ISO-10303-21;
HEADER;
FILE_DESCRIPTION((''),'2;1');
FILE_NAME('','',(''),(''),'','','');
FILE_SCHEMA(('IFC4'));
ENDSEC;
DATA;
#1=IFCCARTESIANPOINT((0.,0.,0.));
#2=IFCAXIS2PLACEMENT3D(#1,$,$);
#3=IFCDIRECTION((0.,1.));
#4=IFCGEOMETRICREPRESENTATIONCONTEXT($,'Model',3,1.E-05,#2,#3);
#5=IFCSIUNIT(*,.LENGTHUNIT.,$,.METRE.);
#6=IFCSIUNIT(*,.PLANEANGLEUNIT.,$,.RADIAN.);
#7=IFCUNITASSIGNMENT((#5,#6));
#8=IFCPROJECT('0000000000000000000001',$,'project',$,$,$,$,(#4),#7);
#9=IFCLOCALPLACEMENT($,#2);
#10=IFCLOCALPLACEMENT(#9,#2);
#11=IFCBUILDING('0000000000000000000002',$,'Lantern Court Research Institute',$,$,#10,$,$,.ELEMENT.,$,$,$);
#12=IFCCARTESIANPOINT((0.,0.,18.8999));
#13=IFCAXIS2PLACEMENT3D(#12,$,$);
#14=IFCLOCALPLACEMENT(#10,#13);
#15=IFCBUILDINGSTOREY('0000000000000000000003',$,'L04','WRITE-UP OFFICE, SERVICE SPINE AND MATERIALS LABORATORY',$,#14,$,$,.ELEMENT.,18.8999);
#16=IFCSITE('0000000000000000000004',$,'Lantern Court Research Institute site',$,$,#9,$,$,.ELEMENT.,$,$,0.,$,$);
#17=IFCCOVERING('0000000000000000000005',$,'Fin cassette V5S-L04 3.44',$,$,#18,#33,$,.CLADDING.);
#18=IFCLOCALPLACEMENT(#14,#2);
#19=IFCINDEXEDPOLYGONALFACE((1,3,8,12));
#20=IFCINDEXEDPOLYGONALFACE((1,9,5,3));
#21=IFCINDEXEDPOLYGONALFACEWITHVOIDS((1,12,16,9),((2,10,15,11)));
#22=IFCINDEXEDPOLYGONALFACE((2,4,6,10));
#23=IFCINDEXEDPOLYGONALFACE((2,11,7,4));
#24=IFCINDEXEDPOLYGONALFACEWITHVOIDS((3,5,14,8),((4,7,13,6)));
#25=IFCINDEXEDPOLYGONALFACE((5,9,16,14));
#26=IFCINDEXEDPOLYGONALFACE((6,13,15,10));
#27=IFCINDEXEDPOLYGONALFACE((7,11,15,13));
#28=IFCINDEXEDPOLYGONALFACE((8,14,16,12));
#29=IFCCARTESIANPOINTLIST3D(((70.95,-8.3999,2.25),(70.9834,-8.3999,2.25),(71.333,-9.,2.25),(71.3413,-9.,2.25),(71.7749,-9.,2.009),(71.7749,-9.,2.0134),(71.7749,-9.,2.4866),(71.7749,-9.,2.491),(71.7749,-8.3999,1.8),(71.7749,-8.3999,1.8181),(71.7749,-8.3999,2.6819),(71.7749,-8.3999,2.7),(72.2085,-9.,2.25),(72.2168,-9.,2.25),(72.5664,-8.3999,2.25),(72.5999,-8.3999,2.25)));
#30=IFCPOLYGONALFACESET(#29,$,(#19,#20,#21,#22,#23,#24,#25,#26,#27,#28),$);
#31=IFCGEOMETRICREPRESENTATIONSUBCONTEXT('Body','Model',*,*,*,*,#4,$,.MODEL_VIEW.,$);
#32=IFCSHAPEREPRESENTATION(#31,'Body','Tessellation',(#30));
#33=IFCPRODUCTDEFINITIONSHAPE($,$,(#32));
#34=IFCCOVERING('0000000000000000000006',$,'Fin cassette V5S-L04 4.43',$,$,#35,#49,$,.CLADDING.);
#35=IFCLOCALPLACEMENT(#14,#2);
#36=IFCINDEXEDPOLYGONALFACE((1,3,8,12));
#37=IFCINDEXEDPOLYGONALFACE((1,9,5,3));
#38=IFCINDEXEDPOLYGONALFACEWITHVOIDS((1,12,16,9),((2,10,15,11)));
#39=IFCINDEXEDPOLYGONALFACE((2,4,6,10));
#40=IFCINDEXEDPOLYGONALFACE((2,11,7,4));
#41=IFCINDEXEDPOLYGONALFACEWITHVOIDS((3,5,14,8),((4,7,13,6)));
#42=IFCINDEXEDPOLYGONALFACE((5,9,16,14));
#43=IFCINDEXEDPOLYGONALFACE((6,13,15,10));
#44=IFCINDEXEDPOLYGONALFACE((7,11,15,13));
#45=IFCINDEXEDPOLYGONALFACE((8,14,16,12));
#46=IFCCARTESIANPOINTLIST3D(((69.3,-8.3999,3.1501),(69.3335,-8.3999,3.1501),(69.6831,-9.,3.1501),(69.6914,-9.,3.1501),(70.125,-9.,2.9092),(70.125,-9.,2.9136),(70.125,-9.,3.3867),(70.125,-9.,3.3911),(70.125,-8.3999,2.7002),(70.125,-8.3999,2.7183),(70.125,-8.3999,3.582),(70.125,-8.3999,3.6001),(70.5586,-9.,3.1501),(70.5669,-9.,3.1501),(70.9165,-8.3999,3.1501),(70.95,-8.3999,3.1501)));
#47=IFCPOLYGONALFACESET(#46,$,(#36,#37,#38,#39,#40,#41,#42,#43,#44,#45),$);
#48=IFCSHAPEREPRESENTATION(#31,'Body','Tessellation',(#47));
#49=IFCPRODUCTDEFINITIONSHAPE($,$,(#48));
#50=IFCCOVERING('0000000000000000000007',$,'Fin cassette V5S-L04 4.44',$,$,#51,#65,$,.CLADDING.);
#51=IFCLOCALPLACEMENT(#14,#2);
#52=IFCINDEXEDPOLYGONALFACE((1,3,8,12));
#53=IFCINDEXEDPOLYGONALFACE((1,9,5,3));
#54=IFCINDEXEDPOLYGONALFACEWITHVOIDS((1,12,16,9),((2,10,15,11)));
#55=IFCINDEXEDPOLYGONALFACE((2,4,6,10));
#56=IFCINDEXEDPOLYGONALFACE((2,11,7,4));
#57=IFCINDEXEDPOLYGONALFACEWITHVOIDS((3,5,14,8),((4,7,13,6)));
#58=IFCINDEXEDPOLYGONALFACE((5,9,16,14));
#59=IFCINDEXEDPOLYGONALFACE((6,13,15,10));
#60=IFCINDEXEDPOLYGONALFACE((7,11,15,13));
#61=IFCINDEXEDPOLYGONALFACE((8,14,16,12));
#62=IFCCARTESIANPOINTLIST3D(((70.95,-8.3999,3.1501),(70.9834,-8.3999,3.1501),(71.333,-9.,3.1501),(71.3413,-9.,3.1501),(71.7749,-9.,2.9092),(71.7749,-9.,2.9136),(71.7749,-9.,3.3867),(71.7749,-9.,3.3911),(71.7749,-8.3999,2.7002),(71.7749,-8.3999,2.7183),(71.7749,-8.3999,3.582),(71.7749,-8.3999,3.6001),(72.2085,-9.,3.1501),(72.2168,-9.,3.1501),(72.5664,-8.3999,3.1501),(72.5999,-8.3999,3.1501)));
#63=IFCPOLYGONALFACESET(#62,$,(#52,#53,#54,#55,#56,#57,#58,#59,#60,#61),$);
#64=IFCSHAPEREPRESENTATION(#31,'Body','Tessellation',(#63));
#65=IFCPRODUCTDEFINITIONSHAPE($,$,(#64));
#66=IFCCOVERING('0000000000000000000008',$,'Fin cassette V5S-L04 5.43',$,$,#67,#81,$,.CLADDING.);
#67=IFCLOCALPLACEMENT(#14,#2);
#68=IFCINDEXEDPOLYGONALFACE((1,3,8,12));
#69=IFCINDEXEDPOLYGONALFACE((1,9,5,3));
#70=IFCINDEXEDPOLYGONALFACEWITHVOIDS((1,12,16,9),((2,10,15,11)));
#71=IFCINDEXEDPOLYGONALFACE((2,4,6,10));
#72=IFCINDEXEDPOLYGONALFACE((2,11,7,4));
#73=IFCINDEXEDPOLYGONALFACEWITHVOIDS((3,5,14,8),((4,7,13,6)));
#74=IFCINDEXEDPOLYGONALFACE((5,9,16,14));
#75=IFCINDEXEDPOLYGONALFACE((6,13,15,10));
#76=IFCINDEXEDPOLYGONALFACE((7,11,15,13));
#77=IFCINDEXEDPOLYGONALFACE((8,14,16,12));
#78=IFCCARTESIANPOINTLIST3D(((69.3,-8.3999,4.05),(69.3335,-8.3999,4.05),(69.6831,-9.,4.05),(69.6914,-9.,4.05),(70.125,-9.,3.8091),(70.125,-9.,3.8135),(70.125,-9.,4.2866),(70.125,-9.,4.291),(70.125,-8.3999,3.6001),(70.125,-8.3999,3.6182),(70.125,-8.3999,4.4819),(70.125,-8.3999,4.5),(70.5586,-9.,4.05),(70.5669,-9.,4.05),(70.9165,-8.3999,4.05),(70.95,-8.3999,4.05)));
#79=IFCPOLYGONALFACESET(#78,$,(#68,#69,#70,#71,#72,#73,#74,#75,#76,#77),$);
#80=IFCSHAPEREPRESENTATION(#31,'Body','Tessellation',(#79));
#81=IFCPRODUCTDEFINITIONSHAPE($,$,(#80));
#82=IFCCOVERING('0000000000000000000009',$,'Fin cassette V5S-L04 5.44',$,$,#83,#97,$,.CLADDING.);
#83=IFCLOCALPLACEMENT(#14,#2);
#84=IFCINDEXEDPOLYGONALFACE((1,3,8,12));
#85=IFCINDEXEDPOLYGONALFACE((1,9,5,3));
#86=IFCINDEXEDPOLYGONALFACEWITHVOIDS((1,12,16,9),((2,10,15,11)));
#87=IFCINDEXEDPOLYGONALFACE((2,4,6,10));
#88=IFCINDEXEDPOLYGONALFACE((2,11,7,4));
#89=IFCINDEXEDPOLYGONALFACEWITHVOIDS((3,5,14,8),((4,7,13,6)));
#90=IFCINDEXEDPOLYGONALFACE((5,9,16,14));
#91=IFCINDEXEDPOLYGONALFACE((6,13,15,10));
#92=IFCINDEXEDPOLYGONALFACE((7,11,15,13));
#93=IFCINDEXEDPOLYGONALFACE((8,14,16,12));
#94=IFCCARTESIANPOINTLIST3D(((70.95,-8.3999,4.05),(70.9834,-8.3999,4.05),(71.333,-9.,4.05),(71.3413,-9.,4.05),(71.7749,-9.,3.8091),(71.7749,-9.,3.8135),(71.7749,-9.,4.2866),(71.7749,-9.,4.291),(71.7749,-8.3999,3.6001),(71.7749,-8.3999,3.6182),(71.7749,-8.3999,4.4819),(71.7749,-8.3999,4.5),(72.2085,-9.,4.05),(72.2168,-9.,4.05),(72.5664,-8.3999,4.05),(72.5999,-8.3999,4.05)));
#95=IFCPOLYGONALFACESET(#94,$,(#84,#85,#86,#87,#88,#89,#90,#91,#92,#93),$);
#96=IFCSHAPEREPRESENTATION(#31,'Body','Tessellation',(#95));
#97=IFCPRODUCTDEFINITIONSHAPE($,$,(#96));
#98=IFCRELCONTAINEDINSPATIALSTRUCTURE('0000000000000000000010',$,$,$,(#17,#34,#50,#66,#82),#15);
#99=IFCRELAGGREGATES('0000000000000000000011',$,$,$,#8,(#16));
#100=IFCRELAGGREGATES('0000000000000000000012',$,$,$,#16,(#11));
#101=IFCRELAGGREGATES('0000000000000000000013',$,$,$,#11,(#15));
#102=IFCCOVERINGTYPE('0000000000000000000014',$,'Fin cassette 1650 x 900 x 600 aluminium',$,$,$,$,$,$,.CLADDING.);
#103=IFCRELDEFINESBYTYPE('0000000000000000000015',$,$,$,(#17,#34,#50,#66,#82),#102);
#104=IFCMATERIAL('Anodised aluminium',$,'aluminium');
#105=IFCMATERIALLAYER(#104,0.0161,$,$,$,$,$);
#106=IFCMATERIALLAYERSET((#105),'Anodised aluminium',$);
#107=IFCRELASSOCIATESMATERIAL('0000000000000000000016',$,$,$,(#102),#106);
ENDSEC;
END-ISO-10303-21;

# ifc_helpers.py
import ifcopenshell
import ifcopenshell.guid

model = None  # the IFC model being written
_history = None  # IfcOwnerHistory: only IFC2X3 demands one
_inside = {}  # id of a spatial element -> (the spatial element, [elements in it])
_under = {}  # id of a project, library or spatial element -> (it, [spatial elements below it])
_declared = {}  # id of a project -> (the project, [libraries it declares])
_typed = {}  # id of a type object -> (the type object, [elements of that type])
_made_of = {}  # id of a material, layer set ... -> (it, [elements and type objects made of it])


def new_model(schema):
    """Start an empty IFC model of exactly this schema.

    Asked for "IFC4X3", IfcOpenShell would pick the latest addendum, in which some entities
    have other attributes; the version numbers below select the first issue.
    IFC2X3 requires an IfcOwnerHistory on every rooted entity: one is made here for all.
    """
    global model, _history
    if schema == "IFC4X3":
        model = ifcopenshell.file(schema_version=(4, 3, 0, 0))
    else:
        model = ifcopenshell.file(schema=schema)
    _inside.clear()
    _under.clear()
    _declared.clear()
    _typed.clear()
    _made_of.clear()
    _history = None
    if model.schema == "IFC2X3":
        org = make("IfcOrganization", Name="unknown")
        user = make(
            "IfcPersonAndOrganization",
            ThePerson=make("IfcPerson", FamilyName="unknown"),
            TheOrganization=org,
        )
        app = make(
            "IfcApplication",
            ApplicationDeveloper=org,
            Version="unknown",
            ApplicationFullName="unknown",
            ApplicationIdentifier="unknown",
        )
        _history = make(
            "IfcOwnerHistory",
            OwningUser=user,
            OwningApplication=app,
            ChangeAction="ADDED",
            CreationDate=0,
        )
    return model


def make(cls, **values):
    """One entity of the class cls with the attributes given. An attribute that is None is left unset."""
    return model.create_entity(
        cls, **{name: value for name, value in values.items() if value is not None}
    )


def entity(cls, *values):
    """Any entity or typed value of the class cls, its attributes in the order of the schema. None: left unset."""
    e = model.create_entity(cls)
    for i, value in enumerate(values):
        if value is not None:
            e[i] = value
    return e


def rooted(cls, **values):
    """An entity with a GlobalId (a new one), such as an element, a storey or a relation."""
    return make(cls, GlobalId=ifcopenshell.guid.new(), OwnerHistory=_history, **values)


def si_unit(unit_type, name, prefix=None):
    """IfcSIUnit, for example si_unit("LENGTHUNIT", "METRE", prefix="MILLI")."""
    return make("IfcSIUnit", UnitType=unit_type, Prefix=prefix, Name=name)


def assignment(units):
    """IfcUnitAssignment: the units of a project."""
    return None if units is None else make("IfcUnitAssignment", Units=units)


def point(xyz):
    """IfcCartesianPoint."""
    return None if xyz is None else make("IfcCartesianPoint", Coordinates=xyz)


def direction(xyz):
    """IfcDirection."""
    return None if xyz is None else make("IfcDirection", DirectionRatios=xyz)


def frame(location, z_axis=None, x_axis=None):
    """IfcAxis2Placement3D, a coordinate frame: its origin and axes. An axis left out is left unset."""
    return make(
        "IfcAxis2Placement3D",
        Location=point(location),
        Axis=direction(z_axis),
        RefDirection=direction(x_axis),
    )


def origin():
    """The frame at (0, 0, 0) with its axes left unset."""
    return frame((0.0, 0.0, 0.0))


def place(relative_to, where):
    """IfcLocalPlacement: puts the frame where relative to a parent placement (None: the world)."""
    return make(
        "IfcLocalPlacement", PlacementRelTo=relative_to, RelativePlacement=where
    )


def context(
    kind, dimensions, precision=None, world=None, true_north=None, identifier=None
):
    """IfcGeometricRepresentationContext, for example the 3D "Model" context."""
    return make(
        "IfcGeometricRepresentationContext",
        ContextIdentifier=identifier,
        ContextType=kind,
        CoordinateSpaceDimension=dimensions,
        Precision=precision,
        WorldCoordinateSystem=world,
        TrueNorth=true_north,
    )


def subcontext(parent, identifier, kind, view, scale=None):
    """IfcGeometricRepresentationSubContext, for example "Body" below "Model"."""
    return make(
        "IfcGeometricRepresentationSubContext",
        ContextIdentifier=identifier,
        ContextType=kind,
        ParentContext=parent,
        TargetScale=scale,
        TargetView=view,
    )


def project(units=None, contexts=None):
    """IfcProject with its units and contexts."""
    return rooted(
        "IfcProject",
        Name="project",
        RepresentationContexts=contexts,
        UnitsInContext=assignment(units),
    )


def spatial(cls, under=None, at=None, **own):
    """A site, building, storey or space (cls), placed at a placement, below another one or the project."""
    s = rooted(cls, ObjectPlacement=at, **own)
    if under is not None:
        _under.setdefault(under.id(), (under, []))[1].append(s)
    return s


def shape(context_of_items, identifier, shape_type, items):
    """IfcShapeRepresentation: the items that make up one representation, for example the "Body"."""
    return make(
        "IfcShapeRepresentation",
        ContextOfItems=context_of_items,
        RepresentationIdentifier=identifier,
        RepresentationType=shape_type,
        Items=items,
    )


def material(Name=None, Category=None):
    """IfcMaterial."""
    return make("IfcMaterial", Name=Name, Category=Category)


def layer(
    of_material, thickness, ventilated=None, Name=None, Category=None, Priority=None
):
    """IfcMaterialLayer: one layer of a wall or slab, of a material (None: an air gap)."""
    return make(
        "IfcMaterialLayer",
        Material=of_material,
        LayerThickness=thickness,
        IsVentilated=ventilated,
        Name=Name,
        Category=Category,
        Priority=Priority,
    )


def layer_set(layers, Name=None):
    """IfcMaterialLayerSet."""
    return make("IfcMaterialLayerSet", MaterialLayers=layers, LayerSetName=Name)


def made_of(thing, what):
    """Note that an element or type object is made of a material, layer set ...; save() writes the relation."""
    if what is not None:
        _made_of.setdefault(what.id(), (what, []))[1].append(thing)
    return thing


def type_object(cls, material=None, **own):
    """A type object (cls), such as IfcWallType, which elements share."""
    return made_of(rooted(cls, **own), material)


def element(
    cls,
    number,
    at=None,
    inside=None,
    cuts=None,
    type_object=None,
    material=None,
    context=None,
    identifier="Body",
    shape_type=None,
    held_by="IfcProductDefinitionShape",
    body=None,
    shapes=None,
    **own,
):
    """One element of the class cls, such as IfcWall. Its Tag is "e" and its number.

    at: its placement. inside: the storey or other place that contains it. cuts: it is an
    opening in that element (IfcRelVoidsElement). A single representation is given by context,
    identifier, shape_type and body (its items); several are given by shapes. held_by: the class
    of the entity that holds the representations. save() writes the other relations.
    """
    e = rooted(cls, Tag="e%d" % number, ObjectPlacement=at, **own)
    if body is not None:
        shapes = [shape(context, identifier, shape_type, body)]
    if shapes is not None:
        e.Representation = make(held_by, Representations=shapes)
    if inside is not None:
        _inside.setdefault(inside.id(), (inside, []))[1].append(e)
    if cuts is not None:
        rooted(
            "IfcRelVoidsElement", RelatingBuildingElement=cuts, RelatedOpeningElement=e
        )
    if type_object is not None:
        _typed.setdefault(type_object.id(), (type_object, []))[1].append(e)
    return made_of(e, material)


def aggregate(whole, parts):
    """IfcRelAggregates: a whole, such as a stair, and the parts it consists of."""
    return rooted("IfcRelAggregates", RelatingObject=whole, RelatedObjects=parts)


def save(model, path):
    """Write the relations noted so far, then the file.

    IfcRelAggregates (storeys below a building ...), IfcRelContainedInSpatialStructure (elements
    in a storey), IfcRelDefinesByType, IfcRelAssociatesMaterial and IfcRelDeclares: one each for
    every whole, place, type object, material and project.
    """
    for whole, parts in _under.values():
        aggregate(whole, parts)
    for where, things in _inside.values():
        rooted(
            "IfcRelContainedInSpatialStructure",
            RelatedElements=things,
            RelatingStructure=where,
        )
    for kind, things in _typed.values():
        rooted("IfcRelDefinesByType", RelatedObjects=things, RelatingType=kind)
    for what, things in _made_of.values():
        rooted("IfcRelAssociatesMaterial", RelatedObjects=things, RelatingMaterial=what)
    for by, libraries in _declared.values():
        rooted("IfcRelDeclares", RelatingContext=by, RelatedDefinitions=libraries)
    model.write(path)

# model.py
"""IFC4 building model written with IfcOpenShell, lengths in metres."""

from ifc_helpers import new_model, entity, si_unit, direction, frame, origin, place, context, subcontext, project, spatial, material, layer, layer_set, type_object, element, save


model = new_model("IFC4")

# Units and contexts
model_context = context("Model", 3, precision=1e-05, world=origin(), true_north=direction((0.0, 1.0)))
body_context = subcontext(model_context, "Body", "Model", "MODEL_VIEW")
ifc_project = project(units=[si_unit("LENGTHUNIT", "METRE"), si_unit("PLANEANGLEUNIT", "RADIAN")], contexts=[model_context])

# Site, building, storey
site_placement = place(None, origin())
site = spatial("IfcSite", under=ifc_project, at=site_placement, Name="Lantern Court Research Institute site", CompositionType="ELEMENT", RefElevation=0.0)
building_placement = place(site_placement, origin())
building = spatial("IfcBuilding", under=site, at=building_placement, Name="Lantern Court Research Institute", CompositionType="ELEMENT")
storey_placement = place(building_placement, frame((0.0, 0.0, 18.8999)))
storey = spatial("IfcBuildingStorey", under=building, at=storey_placement, Name="L04", Description="WRITE-UP OFFICE, SERVICE SPINE AND MATERIALS LABORATORY", CompositionType="ELEMENT", Elevation=18.8999)

# Coverings
ifc_material_1 = material(Name="Anodised aluminium", Category="aluminium")
ifc_layer_1 = layer(ifc_material_1, 0.0161)
ifc_layer_set_1 = layer_set([ifc_layer_1], Name="Anodised aluminium")
covering_type = type_object("IfcCoveringType", Name="Fin cassette 1650 x 900 x 600 aluminium", PredefinedType="CLADDING", material=ifc_layer_set_1)
covering_1_placement = place(storey_placement, frame((71.7749, -8.3999, 2.25), z_axis=(0.0, -1.0, 0.0), x_axis=(1.0, 0.0, 0.0)))
cartesian_point_1 = entity("IfcCartesianPoint", [0.825, 0.0])
cartesian_point_2 = entity("IfcCartesianPoint", [0.7915, 0.0])
cartesian_point_3 = entity("IfcCartesianPoint", [0.4419, 0.0])
cartesian_point_4 = entity("IfcCartesianPoint", [0.4336, 0.0])
element("IfcCovering", 1, at=covering_1_placement, inside=storey, type_object=covering_type, Name="Fin cassette V5S-L04 3.44", PredefinedType="CLADDING", context=body_context, shape_type="SweptSolid", body=[
    entity("IfcExtrudedAreaSolidTapered", entity("IfcArbitraryProfileDefWithVoids", "AREA", None, entity("IfcPolyline", [cartesian_point_1, entity("IfcCartesianPoint", [0.0, 0.45]), entity("IfcCartesianPoint", [-0.825, 0.0]), entity("IfcCartesianPoint", [0.0, -0.45]), cartesian_point_1]), [entity("IfcPolyline", [cartesian_point_2, entity("IfcCartesianPoint", [0.0, 0.4319]), entity("IfcCartesianPoint", [-0.7915, 0.0]), entity("IfcCartesianPoint", [0.0, -0.4319]), cartesian_point_2])]), entity("IfcAxis2Placement3D", entity("IfcCartesianPoint", [0.0, 0.0, 0.0])), entity("IfcDirection", [0.0, 0.0, 1.0]), 0.6001, entity("IfcArbitraryProfileDefWithVoids", "AREA", None, entity("IfcPolyline", [cartesian_point_3, entity("IfcCartesianPoint", [0.0, 0.241]), entity("IfcCartesianPoint", [-0.4419, 0.0]), entity("IfcCartesianPoint", [0.0, -0.241]), cartesian_point_3]), [entity("IfcPolyline", [cartesian_point_4, entity("IfcCartesianPoint", [0.0, 0.2366]), entity("IfcCartesianPoint", [-0.4336, 0.0]), entity("IfcCartesianPoint", [0.0, -0.2366]), cartesian_point_4])])),
])
covering_2_placement = place(storey_placement, frame((70.125, -8.3999, 3.1501), z_axis=(0.0, -1.0, 0.0), x_axis=(1.0, 0.0, 0.0)))
cartesian_point_5 = entity("IfcCartesianPoint", [0.825, 0.0])
cartesian_point_6 = entity("IfcCartesianPoint", [0.7915, 0.0])
cartesian_point_7 = entity("IfcCartesianPoint", [0.4419, 0.0])
cartesian_point_8 = entity("IfcCartesianPoint", [0.4336, 0.0])
element("IfcCovering", 2, at=covering_2_placement, inside=storey, type_object=covering_type, Name="Fin cassette V5S-L04 4.43", PredefinedType="CLADDING", context=body_context, shape_type="SweptSolid", body=[
    entity("IfcExtrudedAreaSolidTapered", entity("IfcArbitraryProfileDefWithVoids", "AREA", None, entity("IfcPolyline", [cartesian_point_5, entity("IfcCartesianPoint", [0.0, 0.45]), entity("IfcCartesianPoint", [-0.825, 0.0]), entity("IfcCartesianPoint", [0.0, -0.45]), cartesian_point_5]), [entity("IfcPolyline", [cartesian_point_6, entity("IfcCartesianPoint", [0.0, 0.4319]), entity("IfcCartesianPoint", [-0.7915, 0.0]), entity("IfcCartesianPoint", [0.0, -0.4319]), cartesian_point_6])]), entity("IfcAxis2Placement3D", entity("IfcCartesianPoint", [0.0, 0.0, 0.0])), entity("IfcDirection", [0.0, 0.0, 1.0]), 0.6001, entity("IfcArbitraryProfileDefWithVoids", "AREA", None, entity("IfcPolyline", [cartesian_point_7, entity("IfcCartesianPoint", [0.0, 0.241]), entity("IfcCartesianPoint", [-0.4419, 0.0]), entity("IfcCartesianPoint", [0.0, -0.241]), cartesian_point_7]), [entity("IfcPolyline", [cartesian_point_8, entity("IfcCartesianPoint", [0.0, 0.2366]), entity("IfcCartesianPoint", [-0.4336, 0.0]), entity("IfcCartesianPoint", [0.0, -0.2366]), cartesian_point_8])])),
])
covering_3_placement = place(storey_placement, frame((71.7749, -8.3999, 3.1501), z_axis=(0.0, -1.0, 0.0), x_axis=(1.0, 0.0, 0.0)))
cartesian_point_9 = entity("IfcCartesianPoint", [0.825, 0.0])
cartesian_point_10 = entity("IfcCartesianPoint", [0.7915, 0.0])
cartesian_point_11 = entity("IfcCartesianPoint", [0.4419, 0.0])
cartesian_point_12 = entity("IfcCartesianPoint", [0.4336, 0.0])
element("IfcCovering", 3, at=covering_3_placement, inside=storey, type_object=covering_type, Name="Fin cassette V5S-L04 4.44", PredefinedType="CLADDING", context=body_context, shape_type="SweptSolid", body=[
    entity("IfcExtrudedAreaSolidTapered", entity("IfcArbitraryProfileDefWithVoids", "AREA", None, entity("IfcPolyline", [cartesian_point_9, entity("IfcCartesianPoint", [0.0, 0.45]), entity("IfcCartesianPoint", [-0.825, 0.0]), entity("IfcCartesianPoint", [0.0, -0.45]), cartesian_point_9]), [entity("IfcPolyline", [cartesian_point_10, entity("IfcCartesianPoint", [0.0, 0.4319]), entity("IfcCartesianPoint", [-0.7915, 0.0]), entity("IfcCartesianPoint", [0.0, -0.4319]), cartesian_point_10])]), entity("IfcAxis2Placement3D", entity("IfcCartesianPoint", [0.0, 0.0, 0.0])), entity("IfcDirection", [0.0, 0.0, 1.0]), 0.6001, entity("IfcArbitraryProfileDefWithVoids", "AREA", None, entity("IfcPolyline", [cartesian_point_11, entity("IfcCartesianPoint", [0.0, 0.241]), entity("IfcCartesianPoint", [-0.4419, 0.0]), entity("IfcCartesianPoint", [0.0, -0.241]), cartesian_point_11]), [entity("IfcPolyline", [cartesian_point_12, entity("IfcCartesianPoint", [0.0, 0.2366]), entity("IfcCartesianPoint", [-0.4336, 0.0]), entity("IfcCartesianPoint", [0.0, -0.2366]), cartesian_point_12])])),
])
covering_4_placement = place(storey_placement, frame((70.125, -8.3999, 4.05), z_axis=(0.0, -1.0, 0.0), x_axis=(1.0, 0.0, 0.0)))
cartesian_point_13 = entity("IfcCartesianPoint", [0.825, 0.0])
cartesian_point_14 = entity("IfcCartesianPoint", [0.7915, 0.0])
cartesian_point_15 = entity("IfcCartesianPoint", [0.4419, 0.0])
cartesian_point_16 = entity("IfcCartesianPoint", [0.4336, 0.0])
element("IfcCovering", 4, at=covering_4_placement, inside=storey, type_object=covering_type, Name="Fin cassette V5S-L04 5.43", PredefinedType="CLADDING", context=body_context, shape_type="SweptSolid", body=[
    entity("IfcExtrudedAreaSolidTapered", entity("IfcArbitraryProfileDefWithVoids", "AREA", None, entity("IfcPolyline", [cartesian_point_13, entity("IfcCartesianPoint", [0.0, 0.45]), entity("IfcCartesianPoint", [-0.825, 0.0]), entity("IfcCartesianPoint", [0.0, -0.45]), cartesian_point_13]), [entity("IfcPolyline", [cartesian_point_14, entity("IfcCartesianPoint", [0.0, 0.4319]), entity("IfcCartesianPoint", [-0.7915, 0.0]), entity("IfcCartesianPoint", [0.0, -0.4319]), cartesian_point_14])]), entity("IfcAxis2Placement3D", entity("IfcCartesianPoint", [0.0, 0.0, 0.0])), entity("IfcDirection", [0.0, 0.0, 1.0]), 0.6001, entity("IfcArbitraryProfileDefWithVoids", "AREA", None, entity("IfcPolyline", [cartesian_point_15, entity("IfcCartesianPoint", [0.0, 0.241]), entity("IfcCartesianPoint", [-0.4419, 0.0]), entity("IfcCartesianPoint", [0.0, -0.241]), cartesian_point_15]), [entity("IfcPolyline", [cartesian_point_16, entity("IfcCartesianPoint", [0.0, 0.2366]), entity("IfcCartesianPoint", [-0.4336, 0.0]), entity("IfcCartesianPoint", [0.0, -0.2366]), cartesian_point_16])])),
])
covering_5_placement = place(storey_placement, frame((71.7749, -8.3999, 4.05), z_axis=(0.0, -1.0, 0.0), x_axis=(1.0, 0.0, 0.0)))
cartesian_point_17 = entity("IfcCartesianPoint", [0.825, 0.0])
cartesian_point_18 = entity("IfcCartesianPoint", [0.7915, 0.0])
cartesian_point_19 = entity("IfcCartesianPoint", [0.4419, 0.0])
cartesian_point_20 = entity("IfcCartesianPoint", [0.4336, 0.0])
element("IfcCovering", 5, at=covering_5_placement, inside=storey, type_object=covering_type, Name="Fin cassette V5S-L04 5.44", PredefinedType="CLADDING", context=body_context, shape_type="SweptSolid", body=[
    entity("IfcExtrudedAreaSolidTapered", entity("IfcArbitraryProfileDefWithVoids", "AREA", None, entity("IfcPolyline", [cartesian_point_17, entity("IfcCartesianPoint", [0.0, 0.45]), entity("IfcCartesianPoint", [-0.825, 0.0]), entity("IfcCartesianPoint", [0.0, -0.45]), cartesian_point_17]), [entity("IfcPolyline", [cartesian_point_18, entity("IfcCartesianPoint", [0.0, 0.4319]), entity("IfcCartesianPoint", [-0.7915, 0.0]), entity("IfcCartesianPoint", [0.0, -0.4319]), cartesian_point_18])]), entity("IfcAxis2Placement3D", entity("IfcCartesianPoint", [0.0, 0.0, 0.0])), entity("IfcDirection", [0.0, 0.0, 1.0]), 0.6001, entity("IfcArbitraryProfileDefWithVoids", "AREA", None, entity("IfcPolyline", [cartesian_point_19, entity("IfcCartesianPoint", [0.0, 0.241]), entity("IfcCartesianPoint", [-0.4419, 0.0]), entity("IfcCartesianPoint", [0.0, -0.241]), cartesian_point_19]), [entity("IfcPolyline", [cartesian_point_20, entity("IfcCartesianPoint", [0.0, 0.2366]), entity("IfcCartesianPoint", [-0.4336, 0.0]), entity("IfcCartesianPoint", [0.0, -0.2366]), cartesian_point_20])])),
])

save(model, "model.ifc")
